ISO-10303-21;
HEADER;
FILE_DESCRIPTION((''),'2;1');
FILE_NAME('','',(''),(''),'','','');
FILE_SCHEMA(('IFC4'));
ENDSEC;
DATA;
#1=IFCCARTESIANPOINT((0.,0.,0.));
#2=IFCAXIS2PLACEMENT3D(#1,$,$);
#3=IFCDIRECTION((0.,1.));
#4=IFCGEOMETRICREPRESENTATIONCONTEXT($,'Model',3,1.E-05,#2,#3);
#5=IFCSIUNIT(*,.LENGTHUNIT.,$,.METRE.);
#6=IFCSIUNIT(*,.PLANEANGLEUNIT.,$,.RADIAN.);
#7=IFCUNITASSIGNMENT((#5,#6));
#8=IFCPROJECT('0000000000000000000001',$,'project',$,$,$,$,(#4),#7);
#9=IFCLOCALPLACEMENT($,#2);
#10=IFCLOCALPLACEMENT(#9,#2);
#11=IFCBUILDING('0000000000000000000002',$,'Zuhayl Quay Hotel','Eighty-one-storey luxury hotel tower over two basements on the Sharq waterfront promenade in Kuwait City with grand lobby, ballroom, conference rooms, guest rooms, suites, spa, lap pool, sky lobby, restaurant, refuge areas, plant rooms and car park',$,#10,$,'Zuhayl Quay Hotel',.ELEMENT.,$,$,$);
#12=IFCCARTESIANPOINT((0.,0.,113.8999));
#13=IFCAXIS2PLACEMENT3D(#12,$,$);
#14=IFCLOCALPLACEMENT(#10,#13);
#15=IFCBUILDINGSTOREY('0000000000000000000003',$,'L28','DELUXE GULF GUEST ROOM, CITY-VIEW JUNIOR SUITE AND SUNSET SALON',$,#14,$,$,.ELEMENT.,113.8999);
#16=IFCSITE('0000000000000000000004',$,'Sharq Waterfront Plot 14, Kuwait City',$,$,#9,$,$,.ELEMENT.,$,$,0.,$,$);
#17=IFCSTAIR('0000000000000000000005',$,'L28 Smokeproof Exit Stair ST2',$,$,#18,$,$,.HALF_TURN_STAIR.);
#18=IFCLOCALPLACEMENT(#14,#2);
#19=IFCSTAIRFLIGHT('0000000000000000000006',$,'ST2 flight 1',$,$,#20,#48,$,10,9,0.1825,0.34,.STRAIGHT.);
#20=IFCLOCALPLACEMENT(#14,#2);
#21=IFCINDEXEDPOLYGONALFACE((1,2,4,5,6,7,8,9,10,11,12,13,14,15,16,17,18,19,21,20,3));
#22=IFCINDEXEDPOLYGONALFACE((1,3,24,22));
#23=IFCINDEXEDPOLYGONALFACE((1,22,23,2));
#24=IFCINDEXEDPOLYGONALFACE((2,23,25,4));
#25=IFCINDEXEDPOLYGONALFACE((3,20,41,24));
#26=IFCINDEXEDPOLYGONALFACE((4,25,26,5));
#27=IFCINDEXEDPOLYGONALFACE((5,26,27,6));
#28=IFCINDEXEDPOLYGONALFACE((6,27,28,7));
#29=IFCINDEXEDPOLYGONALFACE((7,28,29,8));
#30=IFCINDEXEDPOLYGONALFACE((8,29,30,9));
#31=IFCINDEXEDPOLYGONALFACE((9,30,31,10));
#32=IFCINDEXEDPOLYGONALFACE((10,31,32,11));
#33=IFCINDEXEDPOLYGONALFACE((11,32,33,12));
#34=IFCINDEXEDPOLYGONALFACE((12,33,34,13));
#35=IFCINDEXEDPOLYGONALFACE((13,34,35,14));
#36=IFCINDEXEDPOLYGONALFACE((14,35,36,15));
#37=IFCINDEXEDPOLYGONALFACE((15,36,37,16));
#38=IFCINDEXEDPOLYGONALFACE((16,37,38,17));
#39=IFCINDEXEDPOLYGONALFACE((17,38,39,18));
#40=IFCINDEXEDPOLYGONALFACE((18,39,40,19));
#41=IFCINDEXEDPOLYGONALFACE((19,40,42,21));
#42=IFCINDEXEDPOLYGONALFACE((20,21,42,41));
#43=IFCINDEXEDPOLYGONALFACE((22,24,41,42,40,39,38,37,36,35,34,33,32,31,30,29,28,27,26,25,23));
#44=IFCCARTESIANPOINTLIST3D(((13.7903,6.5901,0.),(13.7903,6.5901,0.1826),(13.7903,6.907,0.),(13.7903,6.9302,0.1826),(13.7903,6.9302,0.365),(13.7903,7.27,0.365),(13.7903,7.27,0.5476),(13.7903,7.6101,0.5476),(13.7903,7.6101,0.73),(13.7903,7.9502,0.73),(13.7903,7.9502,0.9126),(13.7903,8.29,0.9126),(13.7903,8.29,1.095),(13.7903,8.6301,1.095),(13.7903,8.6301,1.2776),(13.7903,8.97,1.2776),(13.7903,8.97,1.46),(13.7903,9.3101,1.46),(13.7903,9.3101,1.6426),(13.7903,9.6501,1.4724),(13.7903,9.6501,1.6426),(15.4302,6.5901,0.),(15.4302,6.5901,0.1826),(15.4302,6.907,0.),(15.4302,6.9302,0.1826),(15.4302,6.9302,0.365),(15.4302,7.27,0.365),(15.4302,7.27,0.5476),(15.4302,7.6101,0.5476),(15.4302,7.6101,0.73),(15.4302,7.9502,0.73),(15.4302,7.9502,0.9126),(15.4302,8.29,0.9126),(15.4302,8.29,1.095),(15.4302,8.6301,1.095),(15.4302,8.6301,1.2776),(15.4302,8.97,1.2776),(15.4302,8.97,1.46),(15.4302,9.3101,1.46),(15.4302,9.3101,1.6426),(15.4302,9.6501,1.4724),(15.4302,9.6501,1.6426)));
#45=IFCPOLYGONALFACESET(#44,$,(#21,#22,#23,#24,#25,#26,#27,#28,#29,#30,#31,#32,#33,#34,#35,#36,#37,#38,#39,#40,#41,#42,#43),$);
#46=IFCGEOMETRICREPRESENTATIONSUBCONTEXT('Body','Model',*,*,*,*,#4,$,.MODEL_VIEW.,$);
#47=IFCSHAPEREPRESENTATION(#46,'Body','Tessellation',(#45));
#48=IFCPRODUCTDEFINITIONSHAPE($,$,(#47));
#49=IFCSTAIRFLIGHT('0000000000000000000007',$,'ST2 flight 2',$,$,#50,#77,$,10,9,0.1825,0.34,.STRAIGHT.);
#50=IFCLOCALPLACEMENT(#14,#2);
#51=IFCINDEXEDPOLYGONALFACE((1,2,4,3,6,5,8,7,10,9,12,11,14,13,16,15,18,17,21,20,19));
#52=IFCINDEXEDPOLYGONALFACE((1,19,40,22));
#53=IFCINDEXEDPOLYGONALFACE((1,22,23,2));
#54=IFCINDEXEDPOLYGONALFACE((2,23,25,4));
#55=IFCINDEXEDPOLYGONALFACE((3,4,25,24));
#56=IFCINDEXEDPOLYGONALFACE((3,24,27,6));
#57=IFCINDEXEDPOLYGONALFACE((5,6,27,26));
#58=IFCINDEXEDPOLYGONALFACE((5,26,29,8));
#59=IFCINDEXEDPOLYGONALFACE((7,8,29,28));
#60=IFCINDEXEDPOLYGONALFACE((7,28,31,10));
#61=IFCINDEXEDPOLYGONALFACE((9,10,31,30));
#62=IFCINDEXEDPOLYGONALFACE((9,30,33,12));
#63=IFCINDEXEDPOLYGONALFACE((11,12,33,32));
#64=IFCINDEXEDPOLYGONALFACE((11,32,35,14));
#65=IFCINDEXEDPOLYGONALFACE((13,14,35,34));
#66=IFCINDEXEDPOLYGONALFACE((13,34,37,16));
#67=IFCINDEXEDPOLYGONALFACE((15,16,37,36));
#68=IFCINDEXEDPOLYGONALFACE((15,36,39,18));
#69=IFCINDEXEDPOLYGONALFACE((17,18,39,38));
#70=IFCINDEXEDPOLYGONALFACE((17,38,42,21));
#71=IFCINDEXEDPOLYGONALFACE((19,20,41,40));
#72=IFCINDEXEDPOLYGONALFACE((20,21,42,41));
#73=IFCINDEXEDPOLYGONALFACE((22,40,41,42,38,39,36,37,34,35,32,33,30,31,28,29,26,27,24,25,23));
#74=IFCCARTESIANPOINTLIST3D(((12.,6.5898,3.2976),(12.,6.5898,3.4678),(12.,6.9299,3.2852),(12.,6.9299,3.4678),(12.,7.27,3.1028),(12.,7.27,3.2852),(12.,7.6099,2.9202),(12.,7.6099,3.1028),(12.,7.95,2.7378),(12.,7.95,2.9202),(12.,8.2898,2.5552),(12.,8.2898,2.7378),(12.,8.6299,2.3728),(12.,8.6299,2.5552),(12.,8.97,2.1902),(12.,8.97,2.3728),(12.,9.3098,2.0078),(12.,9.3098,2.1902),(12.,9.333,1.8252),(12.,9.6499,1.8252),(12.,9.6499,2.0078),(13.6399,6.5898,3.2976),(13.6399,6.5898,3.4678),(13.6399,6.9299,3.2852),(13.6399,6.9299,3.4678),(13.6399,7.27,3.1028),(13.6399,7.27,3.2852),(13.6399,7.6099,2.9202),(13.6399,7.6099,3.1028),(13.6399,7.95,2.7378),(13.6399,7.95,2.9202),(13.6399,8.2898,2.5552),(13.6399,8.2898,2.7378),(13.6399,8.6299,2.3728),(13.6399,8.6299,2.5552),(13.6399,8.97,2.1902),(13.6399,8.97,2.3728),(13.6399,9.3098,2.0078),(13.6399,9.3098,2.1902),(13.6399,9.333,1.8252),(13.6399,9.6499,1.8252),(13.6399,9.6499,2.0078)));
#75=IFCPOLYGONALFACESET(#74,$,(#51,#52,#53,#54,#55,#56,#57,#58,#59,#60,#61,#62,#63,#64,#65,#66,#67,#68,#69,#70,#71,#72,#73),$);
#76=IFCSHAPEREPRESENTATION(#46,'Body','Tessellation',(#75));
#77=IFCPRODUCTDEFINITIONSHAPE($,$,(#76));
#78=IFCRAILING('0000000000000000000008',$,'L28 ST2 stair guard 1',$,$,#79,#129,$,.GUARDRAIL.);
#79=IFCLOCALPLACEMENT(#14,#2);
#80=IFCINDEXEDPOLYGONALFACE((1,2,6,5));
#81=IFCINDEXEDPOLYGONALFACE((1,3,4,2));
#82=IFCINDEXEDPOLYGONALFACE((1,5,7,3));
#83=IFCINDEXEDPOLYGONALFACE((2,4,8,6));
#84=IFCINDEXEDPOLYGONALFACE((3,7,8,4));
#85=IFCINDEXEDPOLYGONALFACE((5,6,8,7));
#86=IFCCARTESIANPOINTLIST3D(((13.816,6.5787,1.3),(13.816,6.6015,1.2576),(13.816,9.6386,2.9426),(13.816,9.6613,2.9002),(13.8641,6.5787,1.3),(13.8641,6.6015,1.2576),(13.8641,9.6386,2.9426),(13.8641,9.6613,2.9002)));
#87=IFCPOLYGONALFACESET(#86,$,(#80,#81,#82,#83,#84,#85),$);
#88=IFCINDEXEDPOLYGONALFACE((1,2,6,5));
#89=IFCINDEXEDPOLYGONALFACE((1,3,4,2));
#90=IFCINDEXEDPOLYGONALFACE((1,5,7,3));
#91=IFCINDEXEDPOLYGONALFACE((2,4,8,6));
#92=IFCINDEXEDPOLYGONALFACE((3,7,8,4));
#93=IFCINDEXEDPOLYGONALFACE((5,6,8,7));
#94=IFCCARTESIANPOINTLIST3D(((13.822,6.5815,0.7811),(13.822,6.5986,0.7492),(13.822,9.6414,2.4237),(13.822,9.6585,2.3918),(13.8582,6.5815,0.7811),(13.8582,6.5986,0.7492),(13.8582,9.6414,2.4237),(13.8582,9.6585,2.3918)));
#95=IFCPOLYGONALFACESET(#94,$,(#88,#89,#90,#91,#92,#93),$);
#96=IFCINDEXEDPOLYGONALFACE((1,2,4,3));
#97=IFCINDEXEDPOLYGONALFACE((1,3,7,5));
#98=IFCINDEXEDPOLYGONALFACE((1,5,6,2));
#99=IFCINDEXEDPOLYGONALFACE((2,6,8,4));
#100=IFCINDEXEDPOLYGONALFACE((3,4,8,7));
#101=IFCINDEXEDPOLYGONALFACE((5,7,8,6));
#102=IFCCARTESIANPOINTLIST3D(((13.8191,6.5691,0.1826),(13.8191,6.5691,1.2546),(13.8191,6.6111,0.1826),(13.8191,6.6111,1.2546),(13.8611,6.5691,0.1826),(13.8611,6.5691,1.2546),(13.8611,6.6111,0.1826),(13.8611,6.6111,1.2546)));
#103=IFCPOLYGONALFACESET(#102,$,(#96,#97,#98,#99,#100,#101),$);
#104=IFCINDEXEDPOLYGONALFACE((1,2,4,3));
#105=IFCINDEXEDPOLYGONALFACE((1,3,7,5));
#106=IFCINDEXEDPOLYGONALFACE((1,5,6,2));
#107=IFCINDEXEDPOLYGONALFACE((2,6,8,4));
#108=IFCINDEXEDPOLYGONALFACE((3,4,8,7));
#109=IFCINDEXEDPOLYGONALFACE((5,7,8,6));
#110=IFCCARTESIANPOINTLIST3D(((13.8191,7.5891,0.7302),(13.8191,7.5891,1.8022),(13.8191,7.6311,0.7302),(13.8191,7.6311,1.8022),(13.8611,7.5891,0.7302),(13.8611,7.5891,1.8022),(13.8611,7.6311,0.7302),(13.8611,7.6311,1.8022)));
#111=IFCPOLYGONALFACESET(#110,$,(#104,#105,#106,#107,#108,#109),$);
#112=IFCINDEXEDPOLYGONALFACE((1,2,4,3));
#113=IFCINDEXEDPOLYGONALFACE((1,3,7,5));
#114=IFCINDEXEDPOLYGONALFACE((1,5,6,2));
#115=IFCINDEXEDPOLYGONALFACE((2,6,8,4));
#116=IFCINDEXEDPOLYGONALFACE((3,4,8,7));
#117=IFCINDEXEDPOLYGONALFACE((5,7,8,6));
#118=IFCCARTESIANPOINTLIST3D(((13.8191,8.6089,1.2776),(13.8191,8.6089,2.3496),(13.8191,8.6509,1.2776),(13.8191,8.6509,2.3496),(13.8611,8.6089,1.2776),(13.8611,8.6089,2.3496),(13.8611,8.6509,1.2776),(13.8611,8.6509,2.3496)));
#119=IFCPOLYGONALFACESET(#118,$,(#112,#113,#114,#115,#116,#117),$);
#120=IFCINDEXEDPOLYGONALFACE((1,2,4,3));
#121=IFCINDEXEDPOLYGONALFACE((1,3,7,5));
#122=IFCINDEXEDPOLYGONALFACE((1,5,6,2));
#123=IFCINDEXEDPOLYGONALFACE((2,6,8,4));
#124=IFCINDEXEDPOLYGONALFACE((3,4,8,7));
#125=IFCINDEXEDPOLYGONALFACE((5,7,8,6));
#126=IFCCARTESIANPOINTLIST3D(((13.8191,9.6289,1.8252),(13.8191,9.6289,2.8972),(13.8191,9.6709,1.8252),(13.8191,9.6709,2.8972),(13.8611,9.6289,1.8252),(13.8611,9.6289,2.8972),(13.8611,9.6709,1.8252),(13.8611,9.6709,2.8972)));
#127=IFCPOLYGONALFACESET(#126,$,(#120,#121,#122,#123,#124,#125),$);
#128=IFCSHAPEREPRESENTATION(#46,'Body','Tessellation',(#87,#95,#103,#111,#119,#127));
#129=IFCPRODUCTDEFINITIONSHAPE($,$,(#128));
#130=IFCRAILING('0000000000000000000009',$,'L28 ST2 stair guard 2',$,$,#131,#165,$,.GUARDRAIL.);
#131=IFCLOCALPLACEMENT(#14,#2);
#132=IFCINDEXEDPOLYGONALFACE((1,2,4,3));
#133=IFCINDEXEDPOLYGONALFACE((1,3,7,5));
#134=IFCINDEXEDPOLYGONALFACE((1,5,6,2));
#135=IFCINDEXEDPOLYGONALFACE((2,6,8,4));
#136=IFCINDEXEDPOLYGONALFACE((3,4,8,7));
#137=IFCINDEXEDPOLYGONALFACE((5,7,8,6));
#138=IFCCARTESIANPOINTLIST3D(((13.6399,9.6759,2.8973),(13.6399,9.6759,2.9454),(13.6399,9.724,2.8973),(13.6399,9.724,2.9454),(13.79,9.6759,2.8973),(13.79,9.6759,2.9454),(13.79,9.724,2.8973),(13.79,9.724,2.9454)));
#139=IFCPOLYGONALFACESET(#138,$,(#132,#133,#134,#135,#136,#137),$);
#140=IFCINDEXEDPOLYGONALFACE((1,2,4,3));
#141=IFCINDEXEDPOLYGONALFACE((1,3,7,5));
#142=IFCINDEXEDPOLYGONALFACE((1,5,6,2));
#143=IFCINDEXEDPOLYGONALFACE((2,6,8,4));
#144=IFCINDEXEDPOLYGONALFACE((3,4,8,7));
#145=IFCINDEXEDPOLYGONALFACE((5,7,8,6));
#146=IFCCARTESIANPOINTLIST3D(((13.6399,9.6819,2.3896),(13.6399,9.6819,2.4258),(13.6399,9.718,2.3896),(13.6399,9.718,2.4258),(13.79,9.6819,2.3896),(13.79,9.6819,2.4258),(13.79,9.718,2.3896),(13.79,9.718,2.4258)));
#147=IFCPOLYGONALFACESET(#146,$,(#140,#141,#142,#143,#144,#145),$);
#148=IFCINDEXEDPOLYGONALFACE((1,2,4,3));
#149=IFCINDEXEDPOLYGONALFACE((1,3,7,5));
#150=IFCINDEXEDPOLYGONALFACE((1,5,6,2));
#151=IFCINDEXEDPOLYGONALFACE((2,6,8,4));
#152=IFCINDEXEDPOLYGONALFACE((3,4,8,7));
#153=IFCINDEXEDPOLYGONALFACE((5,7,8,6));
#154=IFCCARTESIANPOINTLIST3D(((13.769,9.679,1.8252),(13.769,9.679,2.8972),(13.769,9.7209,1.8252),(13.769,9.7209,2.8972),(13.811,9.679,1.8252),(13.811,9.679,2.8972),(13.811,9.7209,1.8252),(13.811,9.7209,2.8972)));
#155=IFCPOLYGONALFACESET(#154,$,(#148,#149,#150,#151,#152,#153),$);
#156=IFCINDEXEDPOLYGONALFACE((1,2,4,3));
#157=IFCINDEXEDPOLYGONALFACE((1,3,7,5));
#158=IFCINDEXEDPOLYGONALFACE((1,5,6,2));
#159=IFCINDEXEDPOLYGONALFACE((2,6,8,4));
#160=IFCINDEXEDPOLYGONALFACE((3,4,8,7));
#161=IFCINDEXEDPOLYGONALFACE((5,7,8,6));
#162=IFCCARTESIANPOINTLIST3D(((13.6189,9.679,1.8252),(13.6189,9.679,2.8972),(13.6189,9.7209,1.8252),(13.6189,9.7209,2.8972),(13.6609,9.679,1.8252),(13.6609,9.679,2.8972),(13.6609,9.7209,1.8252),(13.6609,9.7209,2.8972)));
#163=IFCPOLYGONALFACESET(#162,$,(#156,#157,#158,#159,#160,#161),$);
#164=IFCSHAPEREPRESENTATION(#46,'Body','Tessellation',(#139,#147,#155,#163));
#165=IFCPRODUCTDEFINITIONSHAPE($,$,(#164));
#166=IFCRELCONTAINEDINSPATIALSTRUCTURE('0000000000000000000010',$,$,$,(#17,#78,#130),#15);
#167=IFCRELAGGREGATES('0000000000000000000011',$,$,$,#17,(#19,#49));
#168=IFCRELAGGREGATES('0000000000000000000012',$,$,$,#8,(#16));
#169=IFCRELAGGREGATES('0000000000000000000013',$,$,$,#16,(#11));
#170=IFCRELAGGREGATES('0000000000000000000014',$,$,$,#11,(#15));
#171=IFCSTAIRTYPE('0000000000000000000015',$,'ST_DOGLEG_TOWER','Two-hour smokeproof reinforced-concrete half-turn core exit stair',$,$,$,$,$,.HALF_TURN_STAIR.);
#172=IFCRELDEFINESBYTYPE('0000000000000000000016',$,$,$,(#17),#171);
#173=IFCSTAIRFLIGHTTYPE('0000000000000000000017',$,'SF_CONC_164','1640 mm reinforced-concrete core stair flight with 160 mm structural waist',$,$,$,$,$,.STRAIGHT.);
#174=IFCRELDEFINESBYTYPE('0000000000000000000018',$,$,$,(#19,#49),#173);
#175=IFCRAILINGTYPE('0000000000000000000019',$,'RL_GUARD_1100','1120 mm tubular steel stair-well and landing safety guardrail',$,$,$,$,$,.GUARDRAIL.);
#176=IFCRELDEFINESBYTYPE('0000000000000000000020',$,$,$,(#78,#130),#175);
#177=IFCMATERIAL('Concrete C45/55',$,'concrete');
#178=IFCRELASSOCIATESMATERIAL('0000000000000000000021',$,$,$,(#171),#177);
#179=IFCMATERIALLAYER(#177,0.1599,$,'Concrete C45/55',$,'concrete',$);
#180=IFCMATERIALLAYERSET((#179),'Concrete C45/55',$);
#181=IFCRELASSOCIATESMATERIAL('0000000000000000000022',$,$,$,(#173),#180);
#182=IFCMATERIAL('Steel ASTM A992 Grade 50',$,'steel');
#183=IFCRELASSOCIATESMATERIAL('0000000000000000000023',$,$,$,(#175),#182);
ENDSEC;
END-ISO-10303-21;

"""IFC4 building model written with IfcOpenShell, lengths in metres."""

from ifc_helpers import new_model, si_unit, direction, frame, origin, origin_2d, place, context, subcontext, project, spatial, polyline, rectangle, outline, extrude, material, layer, layer_set, type_object, element, aggregate, save


model = new_model("IFC4")

# Units and contexts
model_context = context("Model", 3, precision=1e-05, world=origin(), true_north=direction((0.0, 1.0)))
body_context = subcontext(model_context, "Body", "Model", "MODEL_VIEW")
ifc_project = project(units=[si_unit("LENGTHUNIT", "METRE"), si_unit("PLANEANGLEUNIT", "RADIAN")], contexts=[model_context])

# Site, building, storey
site_placement = place(None, origin())
site = spatial("IfcSite", under=ifc_project, at=site_placement, Name="Sharq Waterfront Plot 14, Kuwait City", CompositionType="ELEMENT", RefElevation=0.0)
building_placement = place(site_placement, origin())
building = spatial("IfcBuilding", under=site, at=building_placement, Name="Zuhayl Quay Hotel", Description="Eighty-one-storey luxury hotel tower over two basements on the Sharq waterfront promenade in Kuwait City with grand lobby, ballroom, conference rooms, guest rooms, suites, spa, lap pool, sky lobby, restaurant, refuge areas, plant rooms and car park", LongName="Zuhayl Quay Hotel", CompositionType="ELEMENT")
storey_placement = place(building_placement, frame((0.0, 0.0, 113.8999)))
storey = spatial("IfcBuildingStorey", under=building, at=storey_placement, Name="L28", Description="DELUXE GULF GUEST ROOM, CITY-VIEW JUNIOR SUITE AND SUNSET SALON", CompositionType="ELEMENT", Elevation=113.8999)

# Shared definitions
ifc_material_1 = material(Name="Steel ASTM A992 Grade 50", Category="steel")

# Stair, stair flights
ifc_material_2 = material(Name="Concrete C45/55", Category="concrete")
stair_type = type_object("IfcStairType", Name="ST_DOGLEG_TOWER", Description="Two-hour smokeproof reinforced-concrete half-turn core exit stair", PredefinedType="HALF_TURN_STAIR", material=ifc_material_2)
stair_placement = place(storey_placement, origin())
stair = element("IfcStair", 1, at=stair_placement, inside=storey, type_object=stair_type, Name="L28 Smokeproof Exit Stair ST2", PredefinedType="HALF_TURN_STAIR")
ifc_layer_1 = layer(ifc_material_2, 0.1599, Name="Concrete C45/55", Category="concrete")
ifc_layer_set_1 = layer_set([ifc_layer_1], Name="Concrete C45/55")
stair_flight_type = type_object("IfcStairFlightType", Name="SF_CONC_164", Description="1640 mm reinforced-concrete core stair flight with 160 mm structural waist", PredefinedType="STRAIGHT", material=ifc_layer_set_1)
stair_flight_1_placement = place(storey_placement, frame((14.6101, 6.5901, 0.0), z_axis=(0.0, 0.0, 1.0), x_axis=(0.0, 1.0, 0.0)))
stair_flight_1 = element("IfcStairFlight", 2, at=stair_flight_1_placement, type_object=stair_flight_type, Name="ST2 flight 1", NumberOfRisers=10, NumberOfTreads=9, PredefinedType="STRAIGHT", RiserHeight=0.1825, TreadLength=0.34, context=body_context, shape_type="SweptSolid", body=[
    extrude(outline(polyline([(0.0, 0.0), (0.0, 0.1826), (0.3401, 0.1826), (0.3401, 0.365), (0.6799, 0.365), (0.6799, 0.5476), (1.02, 0.5476), (1.02, 0.73), (1.3601, 0.73), (1.3601, 0.9126), (1.7, 0.9126), (1.7, 1.095), (2.04, 1.095), (2.04, 1.2776), (2.3799, 1.2776), (2.3799, 1.46), (2.72, 1.46), (2.72, 1.6426), (3.0601, 1.6426), (3.0601, 1.825), (3.0601, 1.4724), (0.3169, 0.0), (0.0, 0.0)])), frame((0.0, 0.8198, 0.0), z_axis=(0.0, -1.0, 0.0), x_axis=(1.0, 0.0, 0.0)), (0.0, 0.0, 1.0), 1.6399),
])
stair_flight_2_placement = place(storey_placement, frame((12.8201, 9.6499, 1.8252), z_axis=(0.0, 0.0, 1.0), x_axis=(0.0, -1.0, 0.0)))
stair_flight_2 = element("IfcStairFlight", 3, at=stair_flight_2_placement, type_object=stair_flight_type, Name="ST2 flight 2", NumberOfRisers=10, NumberOfTreads=9, PredefinedType="STRAIGHT", RiserHeight=0.1825, TreadLength=0.34, context=body_context, shape_type="SweptSolid", body=[
    extrude(outline(polyline([(0.0, 0.0), (0.0, 0.1826), (0.3401, 0.1826), (0.3401, 0.365), (0.6799, 0.365), (0.6799, 0.5476), (1.02, 0.5476), (1.02, 0.73), (1.3601, 0.73), (1.3601, 0.9126), (1.7, 0.9126), (1.7, 1.095), (2.04, 1.095), (2.04, 1.2776), (2.3799, 1.2776), (2.3799, 1.46), (2.72, 1.46), (2.72, 1.6426), (3.0601, 1.6426), (3.0601, 1.825), (3.0601, 1.4724), (0.3169, 0.0), (0.0, 0.0)])), frame((0.0, 0.8198, 0.0), z_axis=(0.0, -1.0, 0.0), x_axis=(1.0, 0.0, 0.0)), (0.0, 0.0, 1.0), 1.6399),
])
aggregate(stair, [stair_flight_1, stair_flight_2])

# Railings
railing_type_1 = type_object("IfcRailingType", Name="RL_GUARD_1100", Description="1120 mm tubular steel stair-well and landing safety guardrail", PredefinedType="GUARDRAIL", material=ifc_material_1)
railing_1_placement = place(storey_placement, frame((13.8401, 6.5901, 0.1826)))
element("IfcRailing", 4, at=railing_1_placement, inside=storey, type_object=railing_type_1, Name="L28 ST2 stair guard 1", PredefinedType="GUARDRAIL", context=body_context, shape_type="SweptSolid", body=[
    extrude(rectangle(XDim=0.0481, YDim=0.0481, at=origin_2d()), frame((0.0, 0.0, 1.0962), z_axis=(0.0, 0.881073, 0.47298), x_axis=(-1.0, 0.0, 0.0)), (0.0, 0.0, 1.0), 3.4729),
    extrude(rectangle(XDim=0.0361, YDim=0.0361, at=origin_2d()), frame((0.0, 0.0, 0.5825), z_axis=(0.0, 0.881073, 0.47298), x_axis=(-1.0, 0.0, 0.0)), (0.0, 0.0, 1.0), 3.4729),
    extrude(rectangle(XDim=0.042, YDim=0.042, at=origin_2d()), origin(), (0.0, 0.0, 1.0), 1.072),
    extrude(rectangle(XDim=0.042, YDim=0.042, at=origin_2d()), frame((0.0, 1.02, 0.5476)), (0.0, 0.0, 1.0), 1.072),
    extrude(rectangle(XDim=0.042, YDim=0.042, at=origin_2d()), frame((0.0, 2.0398, 1.095)), (0.0, 0.0, 1.0), 1.072),
    extrude(rectangle(XDim=0.042, YDim=0.042, at=origin_2d()), frame((0.0, 3.0598, 1.6426)), (0.0, 0.0, 1.0), 1.072),
])
railing_2_placement = place(storey_placement, frame((13.79, 9.7, 1.8252)))
element("IfcRailing", 5, at=railing_2_placement, inside=storey, type_object=railing_type_1, Name="L28 ST2 stair guard 2", PredefinedType="GUARDRAIL", context=body_context, shape_type="SweptSolid", body=[
    extrude(rectangle(XDim=0.0481, YDim=0.0481, at=origin_2d()), frame((0.0, 0.0, 1.0962), z_axis=(-1.0, 0.0, 0.0), x_axis=(0.0, -1.0, 0.0)), (0.0, 0.0, 1.0), 0.1501),
    extrude(rectangle(XDim=0.0361, YDim=0.0361, at=origin_2d()), frame((0.0, 0.0, 0.5825), z_axis=(-1.0, 0.0, 0.0), x_axis=(0.0, -1.0, 0.0)), (0.0, 0.0, 1.0), 0.1501),
    extrude(rectangle(XDim=0.042, YDim=0.042, at=origin_2d()), origin(), (0.0, 0.0, 1.0), 1.072),
    extrude(rectangle(XDim=0.042, YDim=0.042, at=origin_2d()), frame((-0.1501, 0.0, 0.0)), (0.0, 0.0, 1.0), 1.072),
])

save(model, "model.ifc")
